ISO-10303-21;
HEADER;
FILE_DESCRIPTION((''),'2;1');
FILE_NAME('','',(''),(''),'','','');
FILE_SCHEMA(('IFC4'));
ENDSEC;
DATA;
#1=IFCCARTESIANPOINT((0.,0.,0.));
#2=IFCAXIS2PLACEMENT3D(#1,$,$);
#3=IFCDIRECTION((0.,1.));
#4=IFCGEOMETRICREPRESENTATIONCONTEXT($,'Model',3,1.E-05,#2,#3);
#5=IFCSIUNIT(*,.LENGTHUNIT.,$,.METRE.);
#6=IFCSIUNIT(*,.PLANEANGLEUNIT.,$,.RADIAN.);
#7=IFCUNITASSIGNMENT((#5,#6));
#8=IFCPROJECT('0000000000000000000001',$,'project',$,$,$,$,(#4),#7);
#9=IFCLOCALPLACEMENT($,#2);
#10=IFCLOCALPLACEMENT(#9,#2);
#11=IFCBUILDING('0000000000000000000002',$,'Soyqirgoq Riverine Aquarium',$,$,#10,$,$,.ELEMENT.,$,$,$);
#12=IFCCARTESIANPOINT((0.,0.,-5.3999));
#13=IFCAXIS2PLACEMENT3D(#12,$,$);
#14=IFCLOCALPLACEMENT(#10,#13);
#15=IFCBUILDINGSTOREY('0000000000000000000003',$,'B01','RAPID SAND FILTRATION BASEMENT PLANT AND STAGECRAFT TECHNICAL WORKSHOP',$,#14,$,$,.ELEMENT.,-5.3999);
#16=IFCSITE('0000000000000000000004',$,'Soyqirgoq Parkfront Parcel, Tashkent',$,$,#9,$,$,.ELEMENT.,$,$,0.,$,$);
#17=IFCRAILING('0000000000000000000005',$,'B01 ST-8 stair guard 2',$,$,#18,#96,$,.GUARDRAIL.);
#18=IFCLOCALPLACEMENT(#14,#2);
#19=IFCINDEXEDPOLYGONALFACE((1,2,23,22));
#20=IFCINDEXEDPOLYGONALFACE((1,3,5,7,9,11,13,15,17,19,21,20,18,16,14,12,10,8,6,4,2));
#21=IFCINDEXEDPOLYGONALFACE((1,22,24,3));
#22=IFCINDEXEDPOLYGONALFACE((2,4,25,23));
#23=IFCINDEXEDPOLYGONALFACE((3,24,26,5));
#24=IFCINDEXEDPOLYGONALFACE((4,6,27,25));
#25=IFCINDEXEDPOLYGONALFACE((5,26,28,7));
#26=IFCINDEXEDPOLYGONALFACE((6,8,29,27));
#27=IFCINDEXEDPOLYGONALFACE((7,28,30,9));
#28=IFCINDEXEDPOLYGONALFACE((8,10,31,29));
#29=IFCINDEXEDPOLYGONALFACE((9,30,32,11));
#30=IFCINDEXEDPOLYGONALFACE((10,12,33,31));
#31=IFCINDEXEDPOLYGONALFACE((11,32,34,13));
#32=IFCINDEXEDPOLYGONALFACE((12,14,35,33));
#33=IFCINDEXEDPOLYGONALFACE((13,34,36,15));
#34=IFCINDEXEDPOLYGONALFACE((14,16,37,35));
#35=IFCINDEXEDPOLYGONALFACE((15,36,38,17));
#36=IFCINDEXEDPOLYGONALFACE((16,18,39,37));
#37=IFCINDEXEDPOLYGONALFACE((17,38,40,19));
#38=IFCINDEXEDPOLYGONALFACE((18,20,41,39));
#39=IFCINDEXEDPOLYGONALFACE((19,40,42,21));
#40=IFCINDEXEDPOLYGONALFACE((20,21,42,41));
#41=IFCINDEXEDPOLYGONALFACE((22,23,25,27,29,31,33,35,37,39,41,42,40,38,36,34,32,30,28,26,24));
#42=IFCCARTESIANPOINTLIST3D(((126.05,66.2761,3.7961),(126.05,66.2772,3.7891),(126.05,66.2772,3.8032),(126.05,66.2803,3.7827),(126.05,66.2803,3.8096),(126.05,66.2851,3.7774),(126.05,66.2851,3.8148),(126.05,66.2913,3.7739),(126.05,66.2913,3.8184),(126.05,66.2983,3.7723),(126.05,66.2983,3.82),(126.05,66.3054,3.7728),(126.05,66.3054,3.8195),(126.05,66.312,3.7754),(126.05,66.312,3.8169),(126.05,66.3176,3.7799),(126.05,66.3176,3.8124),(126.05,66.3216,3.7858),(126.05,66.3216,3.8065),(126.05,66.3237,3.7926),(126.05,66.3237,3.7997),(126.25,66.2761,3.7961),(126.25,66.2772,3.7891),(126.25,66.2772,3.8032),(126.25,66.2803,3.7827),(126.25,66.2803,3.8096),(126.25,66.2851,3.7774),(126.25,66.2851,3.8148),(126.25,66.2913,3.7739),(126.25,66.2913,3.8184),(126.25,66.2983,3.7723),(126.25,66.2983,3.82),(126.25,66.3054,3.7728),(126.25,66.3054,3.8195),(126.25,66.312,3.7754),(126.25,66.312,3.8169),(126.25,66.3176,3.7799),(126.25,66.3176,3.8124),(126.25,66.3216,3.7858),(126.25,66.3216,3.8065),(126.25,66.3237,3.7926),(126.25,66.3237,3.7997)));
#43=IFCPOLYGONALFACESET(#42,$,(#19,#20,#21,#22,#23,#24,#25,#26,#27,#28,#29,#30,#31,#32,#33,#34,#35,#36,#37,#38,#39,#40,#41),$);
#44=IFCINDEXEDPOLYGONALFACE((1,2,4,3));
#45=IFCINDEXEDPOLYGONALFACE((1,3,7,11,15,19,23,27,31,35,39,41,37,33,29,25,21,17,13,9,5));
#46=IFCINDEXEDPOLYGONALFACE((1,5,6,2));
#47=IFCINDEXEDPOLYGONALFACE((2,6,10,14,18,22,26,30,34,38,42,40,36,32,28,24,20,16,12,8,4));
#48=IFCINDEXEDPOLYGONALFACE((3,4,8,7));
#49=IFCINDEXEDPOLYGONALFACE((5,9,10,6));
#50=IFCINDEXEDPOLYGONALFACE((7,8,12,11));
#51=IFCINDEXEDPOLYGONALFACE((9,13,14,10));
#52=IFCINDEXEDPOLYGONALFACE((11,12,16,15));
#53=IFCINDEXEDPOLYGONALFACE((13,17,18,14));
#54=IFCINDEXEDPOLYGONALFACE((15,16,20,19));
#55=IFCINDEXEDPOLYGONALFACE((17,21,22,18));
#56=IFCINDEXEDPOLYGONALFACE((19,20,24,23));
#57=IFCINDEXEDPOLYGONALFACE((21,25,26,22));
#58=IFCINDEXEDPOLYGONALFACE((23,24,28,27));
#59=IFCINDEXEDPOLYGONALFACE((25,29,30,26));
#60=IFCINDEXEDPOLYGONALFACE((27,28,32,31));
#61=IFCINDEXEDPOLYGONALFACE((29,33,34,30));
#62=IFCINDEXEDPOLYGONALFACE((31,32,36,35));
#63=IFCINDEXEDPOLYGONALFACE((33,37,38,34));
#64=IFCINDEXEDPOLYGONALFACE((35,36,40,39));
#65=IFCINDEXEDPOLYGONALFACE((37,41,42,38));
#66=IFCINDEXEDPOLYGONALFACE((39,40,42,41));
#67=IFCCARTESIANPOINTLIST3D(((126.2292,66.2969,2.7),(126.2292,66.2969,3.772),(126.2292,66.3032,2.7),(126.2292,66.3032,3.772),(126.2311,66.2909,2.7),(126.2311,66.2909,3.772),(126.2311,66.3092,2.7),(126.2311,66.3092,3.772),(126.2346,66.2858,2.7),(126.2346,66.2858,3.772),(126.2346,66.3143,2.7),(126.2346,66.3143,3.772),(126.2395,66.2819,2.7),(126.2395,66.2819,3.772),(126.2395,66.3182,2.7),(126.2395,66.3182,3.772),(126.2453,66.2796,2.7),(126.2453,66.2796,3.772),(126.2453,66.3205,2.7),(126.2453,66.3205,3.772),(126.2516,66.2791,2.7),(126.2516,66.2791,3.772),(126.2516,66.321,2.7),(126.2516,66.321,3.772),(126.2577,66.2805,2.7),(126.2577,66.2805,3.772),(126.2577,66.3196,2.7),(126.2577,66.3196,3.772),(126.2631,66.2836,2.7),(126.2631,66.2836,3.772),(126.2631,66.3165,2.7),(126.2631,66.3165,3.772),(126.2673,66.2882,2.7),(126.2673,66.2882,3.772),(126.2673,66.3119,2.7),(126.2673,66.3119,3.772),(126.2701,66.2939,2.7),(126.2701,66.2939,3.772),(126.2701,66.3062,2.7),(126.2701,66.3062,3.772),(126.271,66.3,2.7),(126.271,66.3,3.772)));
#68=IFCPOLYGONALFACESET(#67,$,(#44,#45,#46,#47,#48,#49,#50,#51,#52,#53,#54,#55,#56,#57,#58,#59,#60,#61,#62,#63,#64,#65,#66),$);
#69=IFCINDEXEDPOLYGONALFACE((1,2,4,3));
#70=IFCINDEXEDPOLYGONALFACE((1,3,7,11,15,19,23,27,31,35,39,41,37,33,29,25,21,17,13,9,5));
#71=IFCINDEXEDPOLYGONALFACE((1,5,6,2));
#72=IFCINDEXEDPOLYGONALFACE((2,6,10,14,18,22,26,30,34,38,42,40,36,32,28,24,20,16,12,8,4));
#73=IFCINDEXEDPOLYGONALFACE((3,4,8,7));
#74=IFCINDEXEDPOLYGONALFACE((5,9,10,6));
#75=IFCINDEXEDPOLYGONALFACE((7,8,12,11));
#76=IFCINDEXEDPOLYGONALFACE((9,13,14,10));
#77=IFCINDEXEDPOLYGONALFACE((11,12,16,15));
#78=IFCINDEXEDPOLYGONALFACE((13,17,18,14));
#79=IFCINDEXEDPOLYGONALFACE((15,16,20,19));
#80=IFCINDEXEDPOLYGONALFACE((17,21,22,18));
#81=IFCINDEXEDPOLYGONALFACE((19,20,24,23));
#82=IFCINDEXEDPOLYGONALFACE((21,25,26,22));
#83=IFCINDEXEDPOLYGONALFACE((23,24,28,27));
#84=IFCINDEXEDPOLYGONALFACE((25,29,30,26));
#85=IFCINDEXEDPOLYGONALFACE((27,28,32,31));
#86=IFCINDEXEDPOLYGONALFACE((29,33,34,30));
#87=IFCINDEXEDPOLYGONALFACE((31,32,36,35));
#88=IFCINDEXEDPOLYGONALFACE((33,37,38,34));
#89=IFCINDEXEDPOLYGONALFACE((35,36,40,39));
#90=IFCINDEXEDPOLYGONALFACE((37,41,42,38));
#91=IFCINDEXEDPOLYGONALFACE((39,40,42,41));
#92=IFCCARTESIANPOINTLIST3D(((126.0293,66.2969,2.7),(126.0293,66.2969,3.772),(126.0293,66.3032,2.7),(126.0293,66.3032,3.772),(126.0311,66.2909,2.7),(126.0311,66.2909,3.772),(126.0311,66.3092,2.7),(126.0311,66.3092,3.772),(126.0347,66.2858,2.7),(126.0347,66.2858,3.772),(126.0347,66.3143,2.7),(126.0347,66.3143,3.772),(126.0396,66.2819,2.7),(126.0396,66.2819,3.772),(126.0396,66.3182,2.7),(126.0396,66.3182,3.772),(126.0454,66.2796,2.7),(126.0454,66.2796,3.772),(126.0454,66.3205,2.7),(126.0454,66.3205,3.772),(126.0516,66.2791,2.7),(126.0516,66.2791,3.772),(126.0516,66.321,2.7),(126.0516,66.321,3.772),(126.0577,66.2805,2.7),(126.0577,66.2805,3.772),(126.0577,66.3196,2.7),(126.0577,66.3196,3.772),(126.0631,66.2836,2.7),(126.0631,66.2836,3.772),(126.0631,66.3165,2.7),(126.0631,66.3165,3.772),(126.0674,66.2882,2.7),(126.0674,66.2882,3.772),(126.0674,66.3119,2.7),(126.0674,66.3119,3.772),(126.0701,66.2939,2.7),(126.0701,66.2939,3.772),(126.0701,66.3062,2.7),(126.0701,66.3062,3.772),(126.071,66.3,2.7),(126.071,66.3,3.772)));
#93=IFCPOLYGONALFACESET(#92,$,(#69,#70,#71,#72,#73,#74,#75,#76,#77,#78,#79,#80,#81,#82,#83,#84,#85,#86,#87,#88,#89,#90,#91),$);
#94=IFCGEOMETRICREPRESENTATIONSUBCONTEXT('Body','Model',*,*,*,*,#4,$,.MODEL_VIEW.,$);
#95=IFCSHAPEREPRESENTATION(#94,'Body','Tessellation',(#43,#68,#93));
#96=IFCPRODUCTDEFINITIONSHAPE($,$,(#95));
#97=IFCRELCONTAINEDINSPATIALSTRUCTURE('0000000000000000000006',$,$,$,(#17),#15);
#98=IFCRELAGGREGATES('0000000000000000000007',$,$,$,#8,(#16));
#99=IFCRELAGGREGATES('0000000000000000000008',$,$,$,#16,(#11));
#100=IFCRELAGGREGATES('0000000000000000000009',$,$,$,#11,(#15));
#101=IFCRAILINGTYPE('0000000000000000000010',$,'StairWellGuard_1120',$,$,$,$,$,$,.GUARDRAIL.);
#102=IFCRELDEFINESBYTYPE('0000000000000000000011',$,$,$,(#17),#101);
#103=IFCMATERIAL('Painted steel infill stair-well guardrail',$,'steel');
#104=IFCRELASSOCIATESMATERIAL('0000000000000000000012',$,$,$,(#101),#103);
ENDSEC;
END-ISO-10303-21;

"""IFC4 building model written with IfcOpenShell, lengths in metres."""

from ifc_helpers import new_model, si_unit, direction, frame, origin, origin_2d, place, context, subcontext, project, spatial, circle, extrude, material, type_object, element, save


model = new_model("IFC4")

# Units and contexts
model_context = context("Model", 3, precision=1e-05, world=origin(), true_north=direction((0.0, 1.0)))
body_context = subcontext(model_context, "Body", "Model", "MODEL_VIEW")
ifc_project = project(units=[si_unit("LENGTHUNIT", "METRE"), si_unit("PLANEANGLEUNIT", "RADIAN")], contexts=[model_context])

# Site, building, storey
site_placement = place(None, origin())
site = spatial("IfcSite", under=ifc_project, at=site_placement, Name="Soyqirgoq Parkfront Parcel, Tashkent", CompositionType="ELEMENT", RefElevation=0.0)
building_placement = place(site_placement, origin())
building = spatial("IfcBuilding", under=site, at=building_placement, Name="Soyqirgoq Riverine Aquarium", CompositionType="ELEMENT")
storey_placement = place(building_placement, frame((0.0, 0.0, -5.3999)))
storey = spatial("IfcBuildingStorey", under=building, at=storey_placement, Name="B01", Description="RAPID SAND FILTRATION BASEMENT PLANT AND STAGECRAFT TECHNICAL WORKSHOP", CompositionType="ELEMENT", Elevation=-5.3999)

# Railing
ifc_material_1 = material(Name="Painted steel infill stair-well guardrail", Category="steel")
railing_type_1 = type_object("IfcRailingType", Name="StairWellGuard_1120", PredefinedType="GUARDRAIL", material=ifc_material_1)
railing_1_placement = place(storey_placement, frame((126.25, 66.3, 2.7)))
element("IfcRailing", 1, at=railing_1_placement, inside=storey, type_object=railing_type_1, Name="B01 ST-8 stair guard 2", PredefinedType="GUARDRAIL", context=body_context, shape_type="SweptSolid", body=[
    extrude(circle(Radius=0.0239, at=origin_2d()), frame((0.0, 0.0, 1.0962), z_axis=(-1.0, 0.0, 0.0), x_axis=(0.0, -1.0, 0.0)), (0.0, 0.0, 1.0), 0.2),
    extrude(circle(Radius=0.021, at=origin_2d()), origin(), (0.0, 0.0, 1.0), 1.072),
    extrude(circle(Radius=0.021, at=origin_2d()), frame((-0.2, 0.0, 0.0)), (0.0, 0.0, 1.0), 1.072),
])

save(model, "model.ifc")
